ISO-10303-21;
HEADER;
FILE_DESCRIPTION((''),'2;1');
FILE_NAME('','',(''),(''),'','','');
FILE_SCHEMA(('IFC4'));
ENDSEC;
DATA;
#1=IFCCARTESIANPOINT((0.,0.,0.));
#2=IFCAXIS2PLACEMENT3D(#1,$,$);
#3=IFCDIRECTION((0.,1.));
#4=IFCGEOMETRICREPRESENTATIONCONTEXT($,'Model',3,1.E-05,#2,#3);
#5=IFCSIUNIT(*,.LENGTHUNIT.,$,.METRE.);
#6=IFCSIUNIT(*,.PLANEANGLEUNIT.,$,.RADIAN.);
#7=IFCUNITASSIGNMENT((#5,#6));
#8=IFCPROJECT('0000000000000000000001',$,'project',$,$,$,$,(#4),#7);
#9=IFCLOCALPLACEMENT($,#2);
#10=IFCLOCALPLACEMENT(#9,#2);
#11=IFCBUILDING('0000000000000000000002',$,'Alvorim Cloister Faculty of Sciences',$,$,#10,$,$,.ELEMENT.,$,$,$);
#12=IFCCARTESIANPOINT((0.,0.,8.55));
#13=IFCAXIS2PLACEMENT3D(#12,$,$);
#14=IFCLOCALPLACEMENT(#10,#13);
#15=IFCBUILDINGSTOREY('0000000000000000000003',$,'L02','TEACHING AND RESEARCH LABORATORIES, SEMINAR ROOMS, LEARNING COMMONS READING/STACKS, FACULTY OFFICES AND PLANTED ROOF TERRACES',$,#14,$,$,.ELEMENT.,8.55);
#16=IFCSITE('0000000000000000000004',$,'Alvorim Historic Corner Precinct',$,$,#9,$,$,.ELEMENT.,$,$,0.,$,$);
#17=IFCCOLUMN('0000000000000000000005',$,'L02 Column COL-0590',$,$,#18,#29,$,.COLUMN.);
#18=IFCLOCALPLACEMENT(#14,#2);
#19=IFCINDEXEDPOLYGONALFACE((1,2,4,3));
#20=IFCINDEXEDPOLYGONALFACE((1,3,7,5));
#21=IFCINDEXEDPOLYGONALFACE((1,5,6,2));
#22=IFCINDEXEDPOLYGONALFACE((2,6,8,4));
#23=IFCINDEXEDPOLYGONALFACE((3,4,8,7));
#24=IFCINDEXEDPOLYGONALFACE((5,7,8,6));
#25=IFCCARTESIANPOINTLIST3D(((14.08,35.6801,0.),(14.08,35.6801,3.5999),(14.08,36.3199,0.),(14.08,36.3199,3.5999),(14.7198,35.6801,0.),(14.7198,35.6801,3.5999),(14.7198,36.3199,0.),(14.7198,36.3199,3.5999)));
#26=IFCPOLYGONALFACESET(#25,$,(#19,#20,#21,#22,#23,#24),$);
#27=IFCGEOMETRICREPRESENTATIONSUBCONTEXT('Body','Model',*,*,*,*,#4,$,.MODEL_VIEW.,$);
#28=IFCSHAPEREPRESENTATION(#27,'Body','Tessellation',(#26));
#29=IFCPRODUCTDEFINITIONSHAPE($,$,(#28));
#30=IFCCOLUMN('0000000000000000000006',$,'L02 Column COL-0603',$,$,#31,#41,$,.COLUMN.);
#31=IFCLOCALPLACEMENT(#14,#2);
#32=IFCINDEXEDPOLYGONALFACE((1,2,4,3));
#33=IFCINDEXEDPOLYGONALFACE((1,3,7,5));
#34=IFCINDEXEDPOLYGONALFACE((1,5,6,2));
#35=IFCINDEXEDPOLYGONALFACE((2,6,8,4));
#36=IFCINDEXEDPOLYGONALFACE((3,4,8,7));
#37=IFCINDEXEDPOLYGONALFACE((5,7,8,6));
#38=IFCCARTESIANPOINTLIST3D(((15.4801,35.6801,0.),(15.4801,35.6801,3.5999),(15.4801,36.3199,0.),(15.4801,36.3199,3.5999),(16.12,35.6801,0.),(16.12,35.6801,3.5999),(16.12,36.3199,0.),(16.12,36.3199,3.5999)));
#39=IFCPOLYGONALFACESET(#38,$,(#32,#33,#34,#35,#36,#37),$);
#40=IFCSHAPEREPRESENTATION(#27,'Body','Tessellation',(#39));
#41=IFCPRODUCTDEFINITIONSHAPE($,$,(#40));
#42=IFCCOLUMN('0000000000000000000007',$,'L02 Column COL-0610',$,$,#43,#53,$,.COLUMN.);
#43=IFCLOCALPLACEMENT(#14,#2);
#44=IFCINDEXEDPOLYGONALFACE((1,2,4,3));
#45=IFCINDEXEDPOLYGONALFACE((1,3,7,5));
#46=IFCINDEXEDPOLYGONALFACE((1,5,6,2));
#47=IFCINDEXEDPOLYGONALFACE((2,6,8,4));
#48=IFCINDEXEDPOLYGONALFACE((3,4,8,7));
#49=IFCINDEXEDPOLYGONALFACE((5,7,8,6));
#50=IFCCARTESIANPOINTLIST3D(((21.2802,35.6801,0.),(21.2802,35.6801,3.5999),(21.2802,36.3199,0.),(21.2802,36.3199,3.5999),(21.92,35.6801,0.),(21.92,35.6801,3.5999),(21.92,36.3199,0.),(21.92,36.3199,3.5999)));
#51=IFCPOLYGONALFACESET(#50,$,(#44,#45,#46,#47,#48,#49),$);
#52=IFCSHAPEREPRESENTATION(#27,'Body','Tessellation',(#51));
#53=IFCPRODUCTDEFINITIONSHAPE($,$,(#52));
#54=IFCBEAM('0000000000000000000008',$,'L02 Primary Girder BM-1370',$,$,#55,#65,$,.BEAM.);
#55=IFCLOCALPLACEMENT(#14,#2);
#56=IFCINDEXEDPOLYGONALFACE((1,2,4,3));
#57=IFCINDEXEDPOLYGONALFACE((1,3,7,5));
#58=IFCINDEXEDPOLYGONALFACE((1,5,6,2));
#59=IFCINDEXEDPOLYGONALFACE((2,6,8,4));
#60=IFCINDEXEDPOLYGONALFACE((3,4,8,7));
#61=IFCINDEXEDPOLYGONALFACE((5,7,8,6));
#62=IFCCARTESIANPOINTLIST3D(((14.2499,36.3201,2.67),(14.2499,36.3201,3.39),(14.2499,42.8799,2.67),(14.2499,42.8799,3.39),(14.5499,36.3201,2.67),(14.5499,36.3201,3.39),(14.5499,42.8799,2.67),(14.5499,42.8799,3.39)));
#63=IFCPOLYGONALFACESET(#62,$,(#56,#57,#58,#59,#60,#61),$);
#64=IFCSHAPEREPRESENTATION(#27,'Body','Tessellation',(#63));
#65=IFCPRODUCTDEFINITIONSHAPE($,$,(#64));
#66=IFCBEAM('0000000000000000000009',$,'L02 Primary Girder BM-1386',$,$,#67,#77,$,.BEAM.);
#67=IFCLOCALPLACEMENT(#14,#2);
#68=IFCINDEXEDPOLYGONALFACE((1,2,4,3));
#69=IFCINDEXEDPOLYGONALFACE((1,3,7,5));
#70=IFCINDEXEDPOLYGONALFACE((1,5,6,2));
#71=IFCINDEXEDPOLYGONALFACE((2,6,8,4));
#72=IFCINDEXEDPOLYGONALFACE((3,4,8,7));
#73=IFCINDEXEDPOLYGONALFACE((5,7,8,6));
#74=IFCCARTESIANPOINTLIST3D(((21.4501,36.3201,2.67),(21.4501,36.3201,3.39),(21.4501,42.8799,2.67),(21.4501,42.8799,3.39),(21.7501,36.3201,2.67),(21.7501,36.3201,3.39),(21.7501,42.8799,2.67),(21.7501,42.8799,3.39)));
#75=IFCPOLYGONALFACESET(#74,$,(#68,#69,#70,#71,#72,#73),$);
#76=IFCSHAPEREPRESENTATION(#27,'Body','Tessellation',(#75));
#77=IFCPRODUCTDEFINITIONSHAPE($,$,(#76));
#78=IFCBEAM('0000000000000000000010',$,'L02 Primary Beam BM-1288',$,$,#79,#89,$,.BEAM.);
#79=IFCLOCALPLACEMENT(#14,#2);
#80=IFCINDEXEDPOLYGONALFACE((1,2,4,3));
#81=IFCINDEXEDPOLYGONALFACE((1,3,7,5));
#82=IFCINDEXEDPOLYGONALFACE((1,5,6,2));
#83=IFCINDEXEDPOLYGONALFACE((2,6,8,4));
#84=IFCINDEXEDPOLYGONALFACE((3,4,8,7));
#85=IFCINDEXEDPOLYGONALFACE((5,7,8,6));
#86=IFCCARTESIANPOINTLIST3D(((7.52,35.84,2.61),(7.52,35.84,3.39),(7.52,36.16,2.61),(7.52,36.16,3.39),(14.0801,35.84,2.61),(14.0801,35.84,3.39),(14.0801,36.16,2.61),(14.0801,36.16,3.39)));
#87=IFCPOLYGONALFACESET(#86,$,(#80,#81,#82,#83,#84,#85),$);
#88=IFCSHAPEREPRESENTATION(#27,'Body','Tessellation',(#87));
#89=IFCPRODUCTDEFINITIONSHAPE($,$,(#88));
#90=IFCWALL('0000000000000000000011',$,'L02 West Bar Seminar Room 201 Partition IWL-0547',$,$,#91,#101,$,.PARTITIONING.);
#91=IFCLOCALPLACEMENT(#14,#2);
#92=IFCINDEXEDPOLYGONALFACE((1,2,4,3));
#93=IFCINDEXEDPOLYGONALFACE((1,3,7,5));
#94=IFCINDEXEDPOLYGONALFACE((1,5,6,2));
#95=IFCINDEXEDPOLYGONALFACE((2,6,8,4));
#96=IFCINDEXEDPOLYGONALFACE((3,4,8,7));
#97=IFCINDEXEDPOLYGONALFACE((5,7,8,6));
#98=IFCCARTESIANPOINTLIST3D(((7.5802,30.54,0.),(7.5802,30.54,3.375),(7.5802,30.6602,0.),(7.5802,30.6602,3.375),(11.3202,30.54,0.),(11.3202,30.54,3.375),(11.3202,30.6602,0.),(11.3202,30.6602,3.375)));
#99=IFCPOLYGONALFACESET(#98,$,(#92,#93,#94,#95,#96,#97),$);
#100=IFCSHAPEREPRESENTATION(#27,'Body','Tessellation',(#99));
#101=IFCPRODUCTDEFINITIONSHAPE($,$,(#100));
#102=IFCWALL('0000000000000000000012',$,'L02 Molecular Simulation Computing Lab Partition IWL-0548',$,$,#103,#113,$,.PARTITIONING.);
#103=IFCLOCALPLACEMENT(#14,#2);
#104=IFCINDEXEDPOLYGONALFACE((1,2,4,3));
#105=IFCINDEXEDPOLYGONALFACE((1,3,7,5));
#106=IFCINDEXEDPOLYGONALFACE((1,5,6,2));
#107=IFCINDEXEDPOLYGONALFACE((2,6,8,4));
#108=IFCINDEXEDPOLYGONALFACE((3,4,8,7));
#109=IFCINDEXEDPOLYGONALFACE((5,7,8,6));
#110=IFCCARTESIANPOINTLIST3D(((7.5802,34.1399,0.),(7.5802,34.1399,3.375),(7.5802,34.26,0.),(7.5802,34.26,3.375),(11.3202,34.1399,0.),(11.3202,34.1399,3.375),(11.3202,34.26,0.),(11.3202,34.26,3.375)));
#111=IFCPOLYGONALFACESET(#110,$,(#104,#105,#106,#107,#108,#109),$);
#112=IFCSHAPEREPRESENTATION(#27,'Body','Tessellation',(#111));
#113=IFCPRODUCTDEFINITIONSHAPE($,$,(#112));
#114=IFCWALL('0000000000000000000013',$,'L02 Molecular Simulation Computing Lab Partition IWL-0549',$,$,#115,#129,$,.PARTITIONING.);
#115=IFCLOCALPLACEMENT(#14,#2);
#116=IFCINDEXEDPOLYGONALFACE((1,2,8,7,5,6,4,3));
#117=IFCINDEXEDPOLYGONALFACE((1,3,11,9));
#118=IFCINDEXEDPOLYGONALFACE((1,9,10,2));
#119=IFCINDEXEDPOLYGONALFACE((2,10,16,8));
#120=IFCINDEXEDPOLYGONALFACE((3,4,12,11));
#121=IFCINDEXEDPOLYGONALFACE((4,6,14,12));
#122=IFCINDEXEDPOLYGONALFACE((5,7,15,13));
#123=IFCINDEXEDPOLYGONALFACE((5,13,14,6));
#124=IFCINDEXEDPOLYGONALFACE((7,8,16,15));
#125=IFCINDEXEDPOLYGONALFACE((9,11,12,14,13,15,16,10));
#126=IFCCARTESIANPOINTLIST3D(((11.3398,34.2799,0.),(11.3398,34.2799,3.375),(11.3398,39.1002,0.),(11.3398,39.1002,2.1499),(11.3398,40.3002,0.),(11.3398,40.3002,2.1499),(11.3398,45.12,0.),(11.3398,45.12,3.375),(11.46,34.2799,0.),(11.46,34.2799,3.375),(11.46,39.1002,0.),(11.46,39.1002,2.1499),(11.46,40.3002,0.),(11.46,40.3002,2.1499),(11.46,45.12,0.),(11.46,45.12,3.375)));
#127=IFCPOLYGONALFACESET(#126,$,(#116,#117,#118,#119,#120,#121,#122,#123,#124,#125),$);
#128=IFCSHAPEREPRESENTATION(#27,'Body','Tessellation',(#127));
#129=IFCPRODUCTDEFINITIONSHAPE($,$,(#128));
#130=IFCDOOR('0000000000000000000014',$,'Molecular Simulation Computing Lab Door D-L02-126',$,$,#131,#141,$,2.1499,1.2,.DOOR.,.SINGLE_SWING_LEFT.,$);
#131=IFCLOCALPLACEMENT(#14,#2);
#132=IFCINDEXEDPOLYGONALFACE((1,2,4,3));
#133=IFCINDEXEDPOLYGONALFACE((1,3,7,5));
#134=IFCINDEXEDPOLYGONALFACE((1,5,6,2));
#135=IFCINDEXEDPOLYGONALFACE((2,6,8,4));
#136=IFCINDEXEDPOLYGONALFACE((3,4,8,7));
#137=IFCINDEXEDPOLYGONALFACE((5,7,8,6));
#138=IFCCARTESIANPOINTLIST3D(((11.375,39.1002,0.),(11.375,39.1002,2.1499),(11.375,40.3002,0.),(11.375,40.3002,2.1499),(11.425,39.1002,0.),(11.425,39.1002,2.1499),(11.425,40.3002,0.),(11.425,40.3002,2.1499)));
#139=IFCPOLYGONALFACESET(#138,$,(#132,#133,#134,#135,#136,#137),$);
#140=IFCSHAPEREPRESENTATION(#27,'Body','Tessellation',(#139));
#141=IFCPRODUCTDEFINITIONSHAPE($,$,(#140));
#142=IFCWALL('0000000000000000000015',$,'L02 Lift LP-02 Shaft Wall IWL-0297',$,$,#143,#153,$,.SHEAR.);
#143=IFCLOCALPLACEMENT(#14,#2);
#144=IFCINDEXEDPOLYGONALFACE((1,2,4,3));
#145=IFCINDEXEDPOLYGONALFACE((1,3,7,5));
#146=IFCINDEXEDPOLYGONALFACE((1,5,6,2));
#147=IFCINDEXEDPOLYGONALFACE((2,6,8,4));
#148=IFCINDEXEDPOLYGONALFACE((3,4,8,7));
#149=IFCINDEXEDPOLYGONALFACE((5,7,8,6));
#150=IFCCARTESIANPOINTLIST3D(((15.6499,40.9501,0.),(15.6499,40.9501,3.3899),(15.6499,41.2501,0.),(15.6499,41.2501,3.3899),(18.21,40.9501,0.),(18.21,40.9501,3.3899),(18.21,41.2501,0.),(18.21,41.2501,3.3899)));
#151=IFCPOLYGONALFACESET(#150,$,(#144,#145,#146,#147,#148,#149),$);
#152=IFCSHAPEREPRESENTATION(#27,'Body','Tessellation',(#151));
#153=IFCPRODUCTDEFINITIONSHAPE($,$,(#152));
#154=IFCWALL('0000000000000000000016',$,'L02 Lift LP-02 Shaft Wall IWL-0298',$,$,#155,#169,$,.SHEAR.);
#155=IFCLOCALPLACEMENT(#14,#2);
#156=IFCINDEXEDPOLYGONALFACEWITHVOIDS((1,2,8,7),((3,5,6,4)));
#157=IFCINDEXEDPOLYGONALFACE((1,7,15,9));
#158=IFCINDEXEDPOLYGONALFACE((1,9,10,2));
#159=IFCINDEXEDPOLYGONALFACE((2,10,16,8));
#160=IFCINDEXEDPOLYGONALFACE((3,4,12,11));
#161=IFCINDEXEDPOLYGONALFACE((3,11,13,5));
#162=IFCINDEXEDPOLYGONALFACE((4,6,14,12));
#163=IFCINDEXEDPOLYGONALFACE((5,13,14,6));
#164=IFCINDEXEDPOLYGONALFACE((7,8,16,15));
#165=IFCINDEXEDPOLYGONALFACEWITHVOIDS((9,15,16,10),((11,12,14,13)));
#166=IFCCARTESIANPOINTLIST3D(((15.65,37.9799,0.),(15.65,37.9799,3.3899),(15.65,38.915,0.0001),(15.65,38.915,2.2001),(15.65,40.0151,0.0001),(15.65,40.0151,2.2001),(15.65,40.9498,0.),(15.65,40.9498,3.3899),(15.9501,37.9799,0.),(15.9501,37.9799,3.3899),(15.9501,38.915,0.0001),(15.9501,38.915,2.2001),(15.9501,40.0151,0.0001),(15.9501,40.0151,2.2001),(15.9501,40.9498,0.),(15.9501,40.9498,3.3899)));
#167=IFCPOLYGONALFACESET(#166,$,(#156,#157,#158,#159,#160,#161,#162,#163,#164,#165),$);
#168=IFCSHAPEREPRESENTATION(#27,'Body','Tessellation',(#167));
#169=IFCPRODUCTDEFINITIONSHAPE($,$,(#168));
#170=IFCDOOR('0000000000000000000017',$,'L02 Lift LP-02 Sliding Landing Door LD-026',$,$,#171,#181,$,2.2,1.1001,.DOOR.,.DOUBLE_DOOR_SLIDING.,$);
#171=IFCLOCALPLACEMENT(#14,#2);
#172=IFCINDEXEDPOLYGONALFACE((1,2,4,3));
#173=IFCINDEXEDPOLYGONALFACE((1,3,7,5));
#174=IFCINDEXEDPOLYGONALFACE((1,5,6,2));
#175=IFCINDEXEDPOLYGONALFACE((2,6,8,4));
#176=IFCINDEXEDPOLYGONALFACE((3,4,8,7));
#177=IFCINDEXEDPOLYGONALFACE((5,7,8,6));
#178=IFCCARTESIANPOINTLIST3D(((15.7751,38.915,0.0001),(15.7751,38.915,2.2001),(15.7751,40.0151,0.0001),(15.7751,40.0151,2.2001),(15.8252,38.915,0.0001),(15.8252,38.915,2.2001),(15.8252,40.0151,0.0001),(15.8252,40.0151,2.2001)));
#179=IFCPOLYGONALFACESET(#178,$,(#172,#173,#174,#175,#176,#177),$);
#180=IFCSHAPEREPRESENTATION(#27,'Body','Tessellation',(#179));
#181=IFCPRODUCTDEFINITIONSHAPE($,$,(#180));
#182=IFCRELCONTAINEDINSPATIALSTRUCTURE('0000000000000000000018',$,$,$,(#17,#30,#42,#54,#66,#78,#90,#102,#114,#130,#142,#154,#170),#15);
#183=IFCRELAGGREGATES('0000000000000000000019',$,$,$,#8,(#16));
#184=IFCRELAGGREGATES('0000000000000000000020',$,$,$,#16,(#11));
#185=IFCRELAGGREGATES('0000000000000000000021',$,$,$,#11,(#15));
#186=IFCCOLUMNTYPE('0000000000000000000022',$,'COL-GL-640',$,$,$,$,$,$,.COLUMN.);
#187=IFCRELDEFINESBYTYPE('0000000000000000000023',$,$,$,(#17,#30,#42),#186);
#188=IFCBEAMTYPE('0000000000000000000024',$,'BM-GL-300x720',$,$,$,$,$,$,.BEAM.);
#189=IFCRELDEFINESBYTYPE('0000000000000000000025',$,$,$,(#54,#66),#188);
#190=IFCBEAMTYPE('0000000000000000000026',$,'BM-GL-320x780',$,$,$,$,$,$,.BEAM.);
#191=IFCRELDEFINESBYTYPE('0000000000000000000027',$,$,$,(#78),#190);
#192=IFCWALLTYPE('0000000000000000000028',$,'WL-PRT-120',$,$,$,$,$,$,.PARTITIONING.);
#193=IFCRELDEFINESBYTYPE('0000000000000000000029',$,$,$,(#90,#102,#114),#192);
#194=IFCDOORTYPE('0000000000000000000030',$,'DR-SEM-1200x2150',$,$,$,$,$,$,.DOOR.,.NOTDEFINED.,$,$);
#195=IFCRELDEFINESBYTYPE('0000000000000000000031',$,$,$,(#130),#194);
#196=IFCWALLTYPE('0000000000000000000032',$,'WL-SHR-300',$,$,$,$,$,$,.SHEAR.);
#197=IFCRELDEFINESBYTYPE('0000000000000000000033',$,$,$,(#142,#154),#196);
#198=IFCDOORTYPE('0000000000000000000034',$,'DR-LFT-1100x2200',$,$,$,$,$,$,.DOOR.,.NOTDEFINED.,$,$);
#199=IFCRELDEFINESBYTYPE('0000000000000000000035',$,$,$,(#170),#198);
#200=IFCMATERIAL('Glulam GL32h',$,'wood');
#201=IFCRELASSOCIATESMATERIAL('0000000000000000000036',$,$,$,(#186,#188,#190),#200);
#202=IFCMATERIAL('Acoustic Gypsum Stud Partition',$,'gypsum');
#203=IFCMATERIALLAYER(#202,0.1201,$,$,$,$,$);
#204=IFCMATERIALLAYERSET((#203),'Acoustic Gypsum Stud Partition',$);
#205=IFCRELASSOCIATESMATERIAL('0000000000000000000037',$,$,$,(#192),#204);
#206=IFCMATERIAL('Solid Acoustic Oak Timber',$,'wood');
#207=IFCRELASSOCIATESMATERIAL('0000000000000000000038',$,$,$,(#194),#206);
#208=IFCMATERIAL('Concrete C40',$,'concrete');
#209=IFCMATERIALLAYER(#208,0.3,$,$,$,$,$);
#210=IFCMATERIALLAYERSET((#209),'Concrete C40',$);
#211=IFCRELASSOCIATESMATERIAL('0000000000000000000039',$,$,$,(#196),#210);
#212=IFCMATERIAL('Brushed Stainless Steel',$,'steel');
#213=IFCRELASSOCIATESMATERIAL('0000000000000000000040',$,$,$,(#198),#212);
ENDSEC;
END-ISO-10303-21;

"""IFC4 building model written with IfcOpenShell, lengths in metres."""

from ifc_helpers import new_model, si_unit, direction, frame, frame_2d, origin, origin_2d, place, context, subcontext, project, spatial, rectangle, extrude, material, layer, layer_set, material_profile, profile_set, type_object, element, fill, save


model = new_model("IFC4")

# Units and contexts
model_context = context("Model", 3, precision=1e-05, world=origin(), true_north=direction((0.0, 1.0)))
body_context = subcontext(model_context, "Body", "Model", "MODEL_VIEW")
ifc_project = project(units=[si_unit("LENGTHUNIT", "METRE"), si_unit("PLANEANGLEUNIT", "RADIAN")], contexts=[model_context])

# Site, building, storey
site_placement = place(None, origin())
site = spatial("IfcSite", under=ifc_project, at=site_placement, Name="Alvorim Historic Corner Precinct", CompositionType="ELEMENT", RefElevation=0.0)
building_placement = place(site_placement, origin())
building = spatial("IfcBuilding", under=site, at=building_placement, Name="Alvorim Cloister Faculty of Sciences", CompositionType="ELEMENT")
storey_placement = place(building_placement, frame((0.0, 0.0, 8.55)))
storey = spatial("IfcBuildingStorey", under=building, at=storey_placement, Name="L02", Description="TEACHING AND RESEARCH LABORATORIES, SEMINAR ROOMS, LEARNING COMMONS READING/STACKS, FACULTY OFFICES AND PLANTED ROOF TERRACES", CompositionType="ELEMENT", Elevation=8.55)

# Columns
ifc_material_1 = material(Name="Glulam GL32h", Category="wood")
ifc_material_profile_1 = material_profile(ifc_material_1, rectangle(XDim=0.6399, YDim=0.6399, at=origin_2d()), Name="GL32-COL-640x640")
ifc_profile_set_1 = profile_set([ifc_material_profile_1], Name="Glulam GL32h")
column_type = type_object("IfcColumnType", Name="COL-GL-640", PredefinedType="COLUMN", material=ifc_profile_set_1)
for number, where, z_axis, x_axis, name in (
    (1, (14.3999, 36.0, 0.0), (0.0, 0.0, 1.0), (1.0, 0.0, 0.0), "L02 Column COL-0590"),
    (2, (15.8, 36.0, 0.0), (0.0, 0.0, 1.0), (1.0, 0.0, 0.0), "L02 Column COL-0603"),
    (3, (21.6001, 36.0, 0.0), (0.0, 0.0, 1.0), (1.0, 0.0, 0.0), "L02 Column COL-0610"),
):
    element("IfcColumn", number, at=place(storey_placement, frame(where, z_axis=z_axis, x_axis=x_axis)), inside=storey, type_object=column_type, Name=name, PredefinedType="COLUMN", context=body_context, shape_type="SweptSolid", body=[
        extrude(rectangle(XDim=0.6399, YDim=0.6399, at=origin_2d()), origin(), (0.0, 0.0, 1.0), 3.5999),
    ])

# Beams
ifc_material_profile_2 = material_profile(ifc_material_1, rectangle(XDim=0.3, YDim=0.72, at=origin_2d()), Name="GL32-BM-300x720")
ifc_profile_set_2 = profile_set([ifc_material_profile_2], Name="Glulam GL32h")
beam_type_1 = type_object("IfcBeamType", Name="BM-GL-300x720", PredefinedType="BEAM", material=ifc_profile_set_2)
for number, where, z_axis, x_axis, name in (
    (4, (14.3999, 36.3201, 3.03), (0.0, 1.0, 0.0), (-1.0, 0.0, 0.0), "L02 Primary Girder BM-1370"),
    (5, (21.6001, 36.3201, 3.03), (0.0, 1.0, 0.0), (-1.0, 0.0, 0.0), "L02 Primary Girder BM-1386"),
):
    element("IfcBeam", number, at=place(storey_placement, frame(where, z_axis=z_axis, x_axis=x_axis)), inside=storey, type_object=beam_type_1, Name=name, PredefinedType="BEAM", context=body_context, shape_type="SweptSolid", body=[
        extrude(rectangle(XDim=0.3, YDim=0.72, at=origin_2d()), origin(), (0.0, 0.0, 1.0), 6.5598),
    ])
ifc_material_profile_3 = material_profile(ifc_material_1, rectangle(XDim=0.3201, YDim=0.78, at=origin_2d()), Name="GL32-BM-320x780")
ifc_profile_set_3 = profile_set([ifc_material_profile_3], Name="Glulam GL32h")
beam_type_2 = type_object("IfcBeamType", Name="BM-GL-320x780", PredefinedType="BEAM", material=ifc_profile_set_3)
beam_placement = place(storey_placement, frame((7.52, 36.0, 3.0), z_axis=(1.0, 0.0, 0.0), x_axis=(0.0, 1.0, 0.0)))
element("IfcBeam", 6, at=beam_placement, inside=storey, type_object=beam_type_2, Name="L02 Primary Beam BM-1288", PredefinedType="BEAM", context=body_context, shape_type="SweptSolid", body=[
    extrude(rectangle(XDim=0.3201, YDim=0.78, at=origin_2d()), origin(), (0.0, 0.0, 1.0), 6.5601),
])

# Walls
ifc_material_2 = material(Name="Acoustic Gypsum Stud Partition", Category="gypsum")
ifc_layer_1 = layer(ifc_material_2, 0.1201)
ifc_layer_set_1 = layer_set([ifc_layer_1], Name="Acoustic Gypsum Stud Partition")
wall_type_1 = type_object("IfcWallType", Name="WL-PRT-120", PredefinedType="PARTITIONING", material=ifc_layer_set_1)
for number, where, z_axis, x_axis, name in (
    (7, (7.5801, 30.6001, 0.0), (0.0, 0.0, 1.0), (1.0, 0.0, 0.0), "L02 West Bar Seminar Room 201 Partition IWL-0547"),
    (8, (7.5801, 34.2, 0.0), (0.0, 0.0, 1.0), (1.0, 0.0, 0.0), "L02 Molecular Simulation Computing Lab Partition IWL-0548"),
):
    element("IfcWall", number, at=place(storey_placement, frame(where, z_axis=z_axis, x_axis=x_axis)), inside=storey, type_object=wall_type_1, Name=name, PredefinedType="PARTITIONING", context=body_context, shape_type="SweptSolid", body=[
        extrude(rectangle(XDim=3.74, YDim=0.1201, at=frame_2d((1.8701, 0.0))), origin(), (0.0, 0.0, 1.0), 3.375),
    ])

# Wall, opening, door
wall_1_placement = place(storey_placement, frame((11.3999, 34.28, 0.0), z_axis=(0.0, 0.0, 1.0), x_axis=(0.0, 1.0, 0.0)))
wall_1 = element("IfcWall", 9, at=wall_1_placement, inside=storey, type_object=wall_type_1, Name="L02 Molecular Simulation Computing Lab Partition IWL-0549", PredefinedType="PARTITIONING", context=body_context, shape_type="SweptSolid", body=[
    extrude(rectangle(XDim=10.8401, YDim=0.1201, at=frame_2d((5.4199, 0.0))), origin(), (0.0, 0.0, 1.0), 3.375),
])
opening_1_placement = place(wall_1_placement, frame((4.8201, 0.0, 0.0)))
opening_1 = element("IfcOpeningElement", 10, at=opening_1_placement, cuts=wall_1, PredefinedType="OPENING", context=body_context, shape_type="SweptSolid", body=[
    extrude(rectangle(XDim=1.2, YDim=2.1499, at=frame_2d((0.6001, 1.075))), frame((0.0, 0.072, 0.0), z_axis=(0.0, -1.0, 0.0), x_axis=(1.0, 0.0, 0.0)), (0.0, 0.0, 1.0), 0.144),
])
ifc_material_3 = material(Name="Solid Acoustic Oak Timber", Category="wood")
door_type_1 = type_object("IfcDoorType", Name="DR-SEM-1200x2150", OperationType="NOTDEFINED", PredefinedType="DOOR", material=ifc_material_3)
door_1_placement = place(opening_1_placement, origin())
door_1 = element("IfcDoor", 11, at=door_1_placement, inside=storey, type_object=door_type_1, Name="Molecular Simulation Computing Lab Door D-L02-126", OperationType="SINGLE_SWING_LEFT", OverallHeight=2.1499, OverallWidth=1.2, PredefinedType="DOOR", context=body_context, shape_type="SweptSolid", body=[
    extrude(rectangle(XDim=1.2, YDim=2.1499, at=frame_2d((0.6001, 1.075))), frame((0.0, 0.0249, 0.0), z_axis=(0.0, -1.0, 0.0), x_axis=(1.0, 0.0, 0.0)), (0.0, 0.0, 1.0), 0.05),
])
fill(opening_1, door_1)

# Wall
ifc_material_4 = material(Name="Concrete C40", Category="concrete")
ifc_layer_2 = layer(ifc_material_4, 0.3)
ifc_layer_set_2 = layer_set([ifc_layer_2], Name="Concrete C40")
wall_type_2 = type_object("IfcWallType", Name="WL-SHR-300", PredefinedType="SHEAR", material=ifc_layer_set_2)
wall_2_placement = place(storey_placement, frame((15.6499, 41.1001, 0.0), z_axis=(0.0, 0.0, 1.0), x_axis=(1.0, 0.0, 0.0)))
element("IfcWall", 12, at=wall_2_placement, inside=storey, type_object=wall_type_2, Name="L02 Lift LP-02 Shaft Wall IWL-0297", PredefinedType="SHEAR", context=body_context, shape_type="SweptSolid", body=[
    extrude(rectangle(XDim=2.5601, YDim=0.3, at=frame_2d((1.28, 0.0))), origin(), (0.0, 0.0, 1.0), 3.3899),
])

# Wall, opening, door
wall_3_placement = place(storey_placement, frame((15.8, 37.98, 0.0), z_axis=(0.0, 0.0, 1.0), x_axis=(0.0, 1.0, 0.0)))
wall_3 = element("IfcWall", 13, at=wall_3_placement, inside=storey, type_object=wall_type_2, Name="L02 Lift LP-02 Shaft Wall IWL-0298", PredefinedType="SHEAR", context=body_context, shape_type="SweptSolid", body=[
    extrude(rectangle(XDim=2.97, YDim=0.3, at=frame_2d((1.4849, 0.0))), origin(), (0.0, 0.0, 1.0), 3.3899),
])
opening_2_placement = place(wall_3_placement, frame((0.9351, 0.0, 0.0)))
opening_2 = element("IfcOpeningElement", 14, at=opening_2_placement, cuts=wall_3, PredefinedType="OPENING", context=body_context, shape_type="SweptSolid", body=[
    extrude(rectangle(XDim=1.1001, YDim=2.2, at=frame_2d((0.55, 1.1001))), frame((0.0, 0.1621, 0.0), z_axis=(0.0, -1.0, 0.0), x_axis=(1.0, 0.0, 0.0)), (0.0, 0.0, 1.0), 0.324),
])
ifc_material_5 = material(Name="Brushed Stainless Steel", Category="steel")
door_type_2 = type_object("IfcDoorType", Name="DR-LFT-1100x2200", OperationType="NOTDEFINED", PredefinedType="DOOR", material=ifc_material_5)
door_2_placement = place(opening_2_placement, origin())
door_2 = element("IfcDoor", 15, at=door_2_placement, inside=storey, type_object=door_type_2, Name="L02 Lift LP-02 Sliding Landing Door LD-026", OperationType="DOUBLE_DOOR_SLIDING", OverallHeight=2.2, OverallWidth=1.1001, PredefinedType="DOOR", context=body_context, shape_type="SweptSolid", body=[
    extrude(rectangle(XDim=1.1001, YDim=2.2, at=frame_2d((0.55, 1.1001))), frame((0.0, 0.0249, 0.0), z_axis=(0.0, -1.0, 0.0), x_axis=(1.0, 0.0, 0.0)), (0.0, 0.0, 1.0), 0.05),
])
fill(opening_2, door_2)

save(model, "model.ifc")
